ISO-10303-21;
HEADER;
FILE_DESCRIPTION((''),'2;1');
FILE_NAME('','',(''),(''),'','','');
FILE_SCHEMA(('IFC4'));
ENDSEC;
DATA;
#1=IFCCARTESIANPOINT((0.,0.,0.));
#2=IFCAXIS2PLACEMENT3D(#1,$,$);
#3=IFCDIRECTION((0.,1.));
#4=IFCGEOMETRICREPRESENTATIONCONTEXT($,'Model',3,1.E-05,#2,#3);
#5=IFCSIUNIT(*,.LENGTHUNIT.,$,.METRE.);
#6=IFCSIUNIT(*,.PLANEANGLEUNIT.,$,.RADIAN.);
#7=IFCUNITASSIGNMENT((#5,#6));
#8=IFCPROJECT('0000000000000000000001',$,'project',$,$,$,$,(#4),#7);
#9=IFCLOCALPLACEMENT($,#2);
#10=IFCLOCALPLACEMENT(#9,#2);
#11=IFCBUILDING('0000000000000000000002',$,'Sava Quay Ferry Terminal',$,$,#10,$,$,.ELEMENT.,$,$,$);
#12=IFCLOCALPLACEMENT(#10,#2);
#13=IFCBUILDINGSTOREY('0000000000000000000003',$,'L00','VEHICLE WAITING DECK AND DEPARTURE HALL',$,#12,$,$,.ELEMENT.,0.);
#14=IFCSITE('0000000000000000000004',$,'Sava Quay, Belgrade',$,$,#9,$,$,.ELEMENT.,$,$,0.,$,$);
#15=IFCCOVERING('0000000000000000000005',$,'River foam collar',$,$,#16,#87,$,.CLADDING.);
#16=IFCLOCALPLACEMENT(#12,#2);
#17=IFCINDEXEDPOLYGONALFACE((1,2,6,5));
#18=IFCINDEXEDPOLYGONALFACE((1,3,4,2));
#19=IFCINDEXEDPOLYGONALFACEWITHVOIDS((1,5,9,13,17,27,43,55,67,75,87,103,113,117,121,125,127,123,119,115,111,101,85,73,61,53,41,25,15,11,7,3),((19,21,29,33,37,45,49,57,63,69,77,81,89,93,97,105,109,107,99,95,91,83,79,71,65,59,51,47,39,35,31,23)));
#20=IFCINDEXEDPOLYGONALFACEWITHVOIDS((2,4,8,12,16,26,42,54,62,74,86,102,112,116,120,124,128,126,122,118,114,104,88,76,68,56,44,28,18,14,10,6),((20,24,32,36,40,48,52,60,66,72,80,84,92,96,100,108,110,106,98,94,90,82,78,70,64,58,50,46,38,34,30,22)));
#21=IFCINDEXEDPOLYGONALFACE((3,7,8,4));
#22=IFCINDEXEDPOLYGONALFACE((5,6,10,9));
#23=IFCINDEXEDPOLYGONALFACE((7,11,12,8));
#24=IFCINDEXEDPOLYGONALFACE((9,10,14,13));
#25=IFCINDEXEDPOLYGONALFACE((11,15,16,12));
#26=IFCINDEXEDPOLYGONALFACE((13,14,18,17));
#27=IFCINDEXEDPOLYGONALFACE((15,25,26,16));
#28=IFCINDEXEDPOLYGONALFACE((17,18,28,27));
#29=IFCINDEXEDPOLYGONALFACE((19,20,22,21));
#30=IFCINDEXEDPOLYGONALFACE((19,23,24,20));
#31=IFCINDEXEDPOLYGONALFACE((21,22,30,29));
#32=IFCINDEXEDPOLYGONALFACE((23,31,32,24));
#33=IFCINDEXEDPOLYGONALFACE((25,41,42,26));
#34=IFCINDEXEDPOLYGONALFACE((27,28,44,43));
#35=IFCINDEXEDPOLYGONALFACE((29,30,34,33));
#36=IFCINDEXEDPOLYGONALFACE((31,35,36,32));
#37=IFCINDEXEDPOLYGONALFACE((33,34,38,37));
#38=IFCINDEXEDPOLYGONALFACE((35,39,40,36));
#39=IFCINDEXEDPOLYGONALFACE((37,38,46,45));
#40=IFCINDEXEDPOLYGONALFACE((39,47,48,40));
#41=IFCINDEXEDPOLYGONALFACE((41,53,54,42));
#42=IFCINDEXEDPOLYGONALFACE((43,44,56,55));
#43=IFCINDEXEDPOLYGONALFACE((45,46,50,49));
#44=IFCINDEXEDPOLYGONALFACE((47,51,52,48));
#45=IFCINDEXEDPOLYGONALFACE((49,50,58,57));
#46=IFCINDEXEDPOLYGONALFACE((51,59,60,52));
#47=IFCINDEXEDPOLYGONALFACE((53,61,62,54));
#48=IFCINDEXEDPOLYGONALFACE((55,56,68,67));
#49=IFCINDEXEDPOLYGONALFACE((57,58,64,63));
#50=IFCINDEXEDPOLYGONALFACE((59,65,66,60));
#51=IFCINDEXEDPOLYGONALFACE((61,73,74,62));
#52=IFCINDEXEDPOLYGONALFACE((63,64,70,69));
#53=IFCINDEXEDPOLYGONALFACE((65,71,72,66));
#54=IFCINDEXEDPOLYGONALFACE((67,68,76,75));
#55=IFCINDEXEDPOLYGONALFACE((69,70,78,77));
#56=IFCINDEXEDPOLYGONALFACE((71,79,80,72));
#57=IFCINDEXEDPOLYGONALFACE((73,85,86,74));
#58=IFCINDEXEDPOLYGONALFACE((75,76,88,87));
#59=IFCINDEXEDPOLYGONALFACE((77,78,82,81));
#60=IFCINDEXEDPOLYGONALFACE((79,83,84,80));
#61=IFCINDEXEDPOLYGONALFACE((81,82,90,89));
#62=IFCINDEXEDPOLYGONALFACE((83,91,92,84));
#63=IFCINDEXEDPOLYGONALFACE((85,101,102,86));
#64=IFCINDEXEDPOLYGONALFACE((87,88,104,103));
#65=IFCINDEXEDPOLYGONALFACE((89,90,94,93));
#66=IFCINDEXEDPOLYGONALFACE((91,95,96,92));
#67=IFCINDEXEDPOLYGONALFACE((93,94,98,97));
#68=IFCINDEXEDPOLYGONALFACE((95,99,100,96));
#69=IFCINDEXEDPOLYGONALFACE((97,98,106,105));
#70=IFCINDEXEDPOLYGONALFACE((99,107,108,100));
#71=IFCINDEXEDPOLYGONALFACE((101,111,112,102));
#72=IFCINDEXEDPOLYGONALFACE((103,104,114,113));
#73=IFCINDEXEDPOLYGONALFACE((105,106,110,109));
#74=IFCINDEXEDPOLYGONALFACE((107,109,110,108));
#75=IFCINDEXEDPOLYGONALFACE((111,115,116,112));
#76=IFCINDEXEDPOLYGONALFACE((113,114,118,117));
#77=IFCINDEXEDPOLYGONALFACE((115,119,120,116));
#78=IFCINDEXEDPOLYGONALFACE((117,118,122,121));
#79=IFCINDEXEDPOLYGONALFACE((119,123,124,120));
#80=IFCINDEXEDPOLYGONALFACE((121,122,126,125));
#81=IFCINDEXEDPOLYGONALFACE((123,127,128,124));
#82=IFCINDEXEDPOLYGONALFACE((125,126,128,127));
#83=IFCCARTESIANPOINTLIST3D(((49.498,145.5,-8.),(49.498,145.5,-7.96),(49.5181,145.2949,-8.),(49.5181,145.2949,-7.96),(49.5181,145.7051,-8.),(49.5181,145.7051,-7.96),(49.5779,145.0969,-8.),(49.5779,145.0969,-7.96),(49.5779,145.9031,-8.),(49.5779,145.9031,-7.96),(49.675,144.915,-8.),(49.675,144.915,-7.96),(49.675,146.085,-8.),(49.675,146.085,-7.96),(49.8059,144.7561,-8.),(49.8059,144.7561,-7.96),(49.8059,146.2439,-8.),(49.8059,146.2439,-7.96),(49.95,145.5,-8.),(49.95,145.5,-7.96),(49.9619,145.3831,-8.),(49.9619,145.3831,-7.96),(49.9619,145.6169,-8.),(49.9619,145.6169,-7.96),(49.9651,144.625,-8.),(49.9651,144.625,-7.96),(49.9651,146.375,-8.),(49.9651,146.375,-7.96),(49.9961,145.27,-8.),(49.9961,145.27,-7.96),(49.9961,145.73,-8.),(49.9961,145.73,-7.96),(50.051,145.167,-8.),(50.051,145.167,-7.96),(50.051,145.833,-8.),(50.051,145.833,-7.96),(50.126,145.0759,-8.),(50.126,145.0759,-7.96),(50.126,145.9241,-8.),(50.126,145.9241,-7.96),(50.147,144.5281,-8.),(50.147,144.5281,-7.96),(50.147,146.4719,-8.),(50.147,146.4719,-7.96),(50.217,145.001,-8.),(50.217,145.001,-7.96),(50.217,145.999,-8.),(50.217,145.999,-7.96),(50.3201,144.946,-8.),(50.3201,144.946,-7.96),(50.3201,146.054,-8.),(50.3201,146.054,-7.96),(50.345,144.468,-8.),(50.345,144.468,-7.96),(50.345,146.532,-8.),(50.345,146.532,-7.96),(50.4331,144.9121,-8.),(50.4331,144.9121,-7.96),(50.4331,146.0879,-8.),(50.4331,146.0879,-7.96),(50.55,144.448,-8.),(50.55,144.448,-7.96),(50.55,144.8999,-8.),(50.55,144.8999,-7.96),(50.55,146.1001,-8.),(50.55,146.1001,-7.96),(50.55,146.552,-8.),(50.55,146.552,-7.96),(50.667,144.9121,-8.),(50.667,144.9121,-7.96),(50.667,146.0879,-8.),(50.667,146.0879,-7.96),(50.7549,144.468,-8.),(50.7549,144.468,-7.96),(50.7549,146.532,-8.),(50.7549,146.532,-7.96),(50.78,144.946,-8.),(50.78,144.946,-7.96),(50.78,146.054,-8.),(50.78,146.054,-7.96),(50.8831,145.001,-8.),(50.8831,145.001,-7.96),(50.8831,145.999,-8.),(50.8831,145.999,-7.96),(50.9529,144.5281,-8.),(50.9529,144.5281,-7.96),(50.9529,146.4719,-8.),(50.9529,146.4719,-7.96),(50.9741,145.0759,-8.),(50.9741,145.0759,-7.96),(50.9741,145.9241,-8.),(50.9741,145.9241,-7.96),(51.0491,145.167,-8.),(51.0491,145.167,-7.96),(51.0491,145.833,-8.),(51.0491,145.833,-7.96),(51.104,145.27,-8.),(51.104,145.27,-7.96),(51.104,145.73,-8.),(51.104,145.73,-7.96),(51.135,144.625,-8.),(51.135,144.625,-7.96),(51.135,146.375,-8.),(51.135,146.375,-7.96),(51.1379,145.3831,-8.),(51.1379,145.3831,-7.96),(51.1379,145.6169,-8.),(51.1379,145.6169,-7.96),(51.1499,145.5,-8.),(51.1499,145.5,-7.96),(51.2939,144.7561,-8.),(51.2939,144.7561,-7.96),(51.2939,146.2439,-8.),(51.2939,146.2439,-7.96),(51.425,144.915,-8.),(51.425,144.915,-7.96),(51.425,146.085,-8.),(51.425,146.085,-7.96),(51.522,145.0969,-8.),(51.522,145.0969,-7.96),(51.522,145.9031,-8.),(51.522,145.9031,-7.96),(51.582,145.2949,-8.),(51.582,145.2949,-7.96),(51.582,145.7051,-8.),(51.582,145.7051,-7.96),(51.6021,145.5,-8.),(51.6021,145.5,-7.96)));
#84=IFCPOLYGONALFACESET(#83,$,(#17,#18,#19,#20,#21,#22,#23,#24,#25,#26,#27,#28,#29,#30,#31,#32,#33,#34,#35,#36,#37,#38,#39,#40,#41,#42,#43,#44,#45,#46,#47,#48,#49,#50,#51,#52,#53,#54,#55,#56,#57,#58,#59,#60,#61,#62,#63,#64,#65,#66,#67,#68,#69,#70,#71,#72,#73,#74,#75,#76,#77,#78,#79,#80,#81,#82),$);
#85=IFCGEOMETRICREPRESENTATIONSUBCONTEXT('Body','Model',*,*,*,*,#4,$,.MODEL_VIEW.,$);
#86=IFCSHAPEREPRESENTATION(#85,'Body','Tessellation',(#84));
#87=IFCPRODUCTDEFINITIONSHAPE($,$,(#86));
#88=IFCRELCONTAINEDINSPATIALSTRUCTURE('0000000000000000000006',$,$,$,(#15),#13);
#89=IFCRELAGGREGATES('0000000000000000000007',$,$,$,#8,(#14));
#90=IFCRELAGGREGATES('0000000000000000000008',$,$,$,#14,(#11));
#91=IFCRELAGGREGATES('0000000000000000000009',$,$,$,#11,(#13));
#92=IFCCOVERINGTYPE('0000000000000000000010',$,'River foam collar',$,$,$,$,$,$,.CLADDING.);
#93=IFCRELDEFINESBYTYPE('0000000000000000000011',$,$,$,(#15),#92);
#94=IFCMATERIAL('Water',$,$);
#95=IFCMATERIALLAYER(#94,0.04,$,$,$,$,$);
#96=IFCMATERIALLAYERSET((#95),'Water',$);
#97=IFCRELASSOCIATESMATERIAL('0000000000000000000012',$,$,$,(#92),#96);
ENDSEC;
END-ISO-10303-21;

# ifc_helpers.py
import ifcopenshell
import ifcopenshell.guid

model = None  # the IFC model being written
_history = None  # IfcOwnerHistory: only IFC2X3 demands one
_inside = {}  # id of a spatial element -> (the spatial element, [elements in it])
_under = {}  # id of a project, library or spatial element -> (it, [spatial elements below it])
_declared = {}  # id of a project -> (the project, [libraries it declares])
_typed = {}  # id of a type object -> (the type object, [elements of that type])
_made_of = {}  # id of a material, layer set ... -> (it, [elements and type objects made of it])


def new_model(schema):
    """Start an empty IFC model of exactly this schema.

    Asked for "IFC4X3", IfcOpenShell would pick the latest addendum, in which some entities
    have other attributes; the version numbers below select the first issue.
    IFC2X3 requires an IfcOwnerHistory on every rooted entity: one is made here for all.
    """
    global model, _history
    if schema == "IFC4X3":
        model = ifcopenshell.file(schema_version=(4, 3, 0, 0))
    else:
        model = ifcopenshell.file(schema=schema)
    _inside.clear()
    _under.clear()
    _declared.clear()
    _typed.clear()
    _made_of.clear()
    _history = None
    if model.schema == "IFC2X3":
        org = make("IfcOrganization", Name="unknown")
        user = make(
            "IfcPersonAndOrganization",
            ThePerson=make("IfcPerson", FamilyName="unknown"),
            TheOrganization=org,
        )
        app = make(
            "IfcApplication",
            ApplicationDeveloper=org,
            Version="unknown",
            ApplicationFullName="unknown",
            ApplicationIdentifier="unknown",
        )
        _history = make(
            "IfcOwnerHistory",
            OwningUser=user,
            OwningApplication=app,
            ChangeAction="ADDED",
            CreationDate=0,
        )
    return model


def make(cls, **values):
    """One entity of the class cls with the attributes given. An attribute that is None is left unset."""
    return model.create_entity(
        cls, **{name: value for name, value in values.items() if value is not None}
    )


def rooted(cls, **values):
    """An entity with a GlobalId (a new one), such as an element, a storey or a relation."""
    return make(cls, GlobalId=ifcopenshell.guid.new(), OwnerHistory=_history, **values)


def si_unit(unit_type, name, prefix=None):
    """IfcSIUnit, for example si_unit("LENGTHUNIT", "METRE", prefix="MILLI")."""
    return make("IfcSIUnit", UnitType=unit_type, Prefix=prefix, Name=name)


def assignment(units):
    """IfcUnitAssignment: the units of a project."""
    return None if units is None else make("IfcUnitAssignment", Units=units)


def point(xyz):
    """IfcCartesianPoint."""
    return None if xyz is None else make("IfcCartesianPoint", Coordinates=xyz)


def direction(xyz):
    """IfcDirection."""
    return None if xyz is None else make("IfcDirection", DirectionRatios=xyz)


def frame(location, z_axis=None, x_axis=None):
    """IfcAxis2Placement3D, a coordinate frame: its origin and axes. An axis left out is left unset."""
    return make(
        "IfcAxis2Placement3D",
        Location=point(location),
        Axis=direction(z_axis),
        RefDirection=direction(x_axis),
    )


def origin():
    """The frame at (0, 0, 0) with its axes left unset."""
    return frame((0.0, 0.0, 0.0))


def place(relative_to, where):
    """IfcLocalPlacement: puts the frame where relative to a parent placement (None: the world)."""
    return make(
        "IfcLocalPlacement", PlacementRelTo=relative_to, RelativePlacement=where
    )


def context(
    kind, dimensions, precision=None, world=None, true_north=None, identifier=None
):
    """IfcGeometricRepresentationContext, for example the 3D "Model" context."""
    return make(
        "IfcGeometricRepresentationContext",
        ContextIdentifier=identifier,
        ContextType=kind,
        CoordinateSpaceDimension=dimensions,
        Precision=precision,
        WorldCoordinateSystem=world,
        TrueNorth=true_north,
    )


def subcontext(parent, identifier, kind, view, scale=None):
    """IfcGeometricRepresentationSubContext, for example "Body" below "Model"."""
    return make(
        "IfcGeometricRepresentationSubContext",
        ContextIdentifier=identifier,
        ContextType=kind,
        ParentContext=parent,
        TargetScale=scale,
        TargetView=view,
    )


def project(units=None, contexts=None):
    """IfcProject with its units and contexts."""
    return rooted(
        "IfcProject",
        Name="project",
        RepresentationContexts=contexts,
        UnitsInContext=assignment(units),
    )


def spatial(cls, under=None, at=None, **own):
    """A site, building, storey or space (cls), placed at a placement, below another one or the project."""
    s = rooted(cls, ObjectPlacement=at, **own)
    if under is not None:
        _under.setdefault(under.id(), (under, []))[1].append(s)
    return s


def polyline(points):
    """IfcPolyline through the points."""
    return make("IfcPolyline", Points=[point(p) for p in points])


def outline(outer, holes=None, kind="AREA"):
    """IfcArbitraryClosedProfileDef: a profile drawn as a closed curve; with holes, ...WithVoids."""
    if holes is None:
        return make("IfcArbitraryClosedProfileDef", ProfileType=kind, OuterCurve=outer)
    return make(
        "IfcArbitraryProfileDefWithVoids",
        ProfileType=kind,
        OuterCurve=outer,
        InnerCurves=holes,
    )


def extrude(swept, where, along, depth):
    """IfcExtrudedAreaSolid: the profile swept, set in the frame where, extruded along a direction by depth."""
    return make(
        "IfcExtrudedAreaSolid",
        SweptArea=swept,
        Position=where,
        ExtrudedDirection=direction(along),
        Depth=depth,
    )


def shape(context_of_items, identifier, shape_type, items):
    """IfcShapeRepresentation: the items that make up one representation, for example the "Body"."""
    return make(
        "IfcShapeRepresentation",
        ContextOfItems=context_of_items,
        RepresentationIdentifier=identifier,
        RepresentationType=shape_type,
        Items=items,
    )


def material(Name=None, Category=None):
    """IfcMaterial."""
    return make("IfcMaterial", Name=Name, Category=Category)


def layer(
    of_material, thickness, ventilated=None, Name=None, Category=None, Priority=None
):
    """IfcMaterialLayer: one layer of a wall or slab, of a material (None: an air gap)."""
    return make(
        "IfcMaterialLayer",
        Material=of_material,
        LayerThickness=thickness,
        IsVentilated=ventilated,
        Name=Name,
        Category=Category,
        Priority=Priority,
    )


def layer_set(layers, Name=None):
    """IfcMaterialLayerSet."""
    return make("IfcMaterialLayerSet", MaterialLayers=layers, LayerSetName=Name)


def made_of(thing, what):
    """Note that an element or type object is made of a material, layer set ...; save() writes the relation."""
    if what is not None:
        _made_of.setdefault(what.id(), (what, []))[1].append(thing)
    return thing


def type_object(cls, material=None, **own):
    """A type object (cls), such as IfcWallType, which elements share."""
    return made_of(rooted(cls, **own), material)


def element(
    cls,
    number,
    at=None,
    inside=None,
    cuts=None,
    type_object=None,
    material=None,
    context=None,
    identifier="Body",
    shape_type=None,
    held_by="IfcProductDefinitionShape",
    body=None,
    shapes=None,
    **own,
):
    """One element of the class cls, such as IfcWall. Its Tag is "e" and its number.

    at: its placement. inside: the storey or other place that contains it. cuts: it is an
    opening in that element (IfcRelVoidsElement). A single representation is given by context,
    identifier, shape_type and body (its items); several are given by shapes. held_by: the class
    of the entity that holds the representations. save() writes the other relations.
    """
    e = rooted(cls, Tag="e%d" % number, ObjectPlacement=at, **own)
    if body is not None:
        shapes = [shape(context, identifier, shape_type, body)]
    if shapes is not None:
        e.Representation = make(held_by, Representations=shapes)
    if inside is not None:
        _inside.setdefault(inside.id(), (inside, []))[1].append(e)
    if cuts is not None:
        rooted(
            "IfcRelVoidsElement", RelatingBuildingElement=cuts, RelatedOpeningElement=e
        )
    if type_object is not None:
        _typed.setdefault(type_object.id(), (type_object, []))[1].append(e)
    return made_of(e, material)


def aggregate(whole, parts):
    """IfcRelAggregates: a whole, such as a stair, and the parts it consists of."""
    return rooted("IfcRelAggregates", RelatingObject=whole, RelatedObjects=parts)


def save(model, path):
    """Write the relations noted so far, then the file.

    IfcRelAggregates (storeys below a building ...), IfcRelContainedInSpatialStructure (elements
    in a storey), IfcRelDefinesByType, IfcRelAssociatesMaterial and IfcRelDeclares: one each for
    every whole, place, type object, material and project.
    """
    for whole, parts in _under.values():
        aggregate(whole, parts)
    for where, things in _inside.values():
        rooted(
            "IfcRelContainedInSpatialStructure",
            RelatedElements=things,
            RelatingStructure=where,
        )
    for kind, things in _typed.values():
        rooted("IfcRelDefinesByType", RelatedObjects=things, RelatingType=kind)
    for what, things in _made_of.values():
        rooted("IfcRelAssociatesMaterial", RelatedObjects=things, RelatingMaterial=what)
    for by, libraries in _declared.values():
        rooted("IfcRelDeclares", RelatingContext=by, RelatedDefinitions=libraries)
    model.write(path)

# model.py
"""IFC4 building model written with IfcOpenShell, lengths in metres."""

from ifc_helpers import new_model, si_unit, direction, frame, origin, place, context, subcontext, project, spatial, polyline, outline, extrude, material, layer, layer_set, type_object, element, save


model = new_model("IFC4")

# Units and contexts
model_context = context("Model", 3, precision=1e-05, world=origin(), true_north=direction((0.0, 1.0)))
body_context = subcontext(model_context, "Body", "Model", "MODEL_VIEW")
ifc_project = project(units=[si_unit("LENGTHUNIT", "METRE"), si_unit("PLANEANGLEUNIT", "RADIAN")], contexts=[model_context])

# Site, building, storey
site_placement = place(None, origin())
site = spatial("IfcSite", under=ifc_project, at=site_placement, Name="Sava Quay, Belgrade", CompositionType="ELEMENT", RefElevation=0.0)
building_placement = place(site_placement, origin())
building = spatial("IfcBuilding", under=site, at=building_placement, Name="Sava Quay Ferry Terminal", CompositionType="ELEMENT")
storey_placement = place(building_placement, origin())
storey = spatial("IfcBuildingStorey", under=building, at=storey_placement, Name="L00", Description="VEHICLE WAITING DECK AND DEPARTURE HALL", CompositionType="ELEMENT", Elevation=0.0)

# Covering
ifc_material = material(Name="Water")
ifc_layer = layer(ifc_material, 0.04)
ifc_layer_set = layer_set([ifc_layer], Name="Water")
covering_type = type_object("IfcCoveringType", Name="River foam collar", PredefinedType="CLADDING", material=ifc_layer_set)
covering_1_placement = place(storey_placement, frame((0.0, 0.0, -8.0)))
element("IfcCovering", 1, at=covering_1_placement, inside=storey, type_object=covering_type, Name="River foam collar", PredefinedType="CLADDING", context=body_context, shape_type="SweptSolid", body=[
    extrude(outline(polyline([(49.9651, 146.375), (49.8059, 146.2439), (49.675, 146.085), (49.5779, 145.9031), (49.5181, 145.7051), (49.498, 145.5), (49.5181, 145.2949), (49.5779, 145.0969), (49.675, 144.915), (49.8059, 144.7561), (49.9651, 144.625), (50.147, 144.5281), (50.345, 144.468), (50.55, 144.448), (50.7549, 144.468), (50.9529, 144.5281), (51.135, 144.625), (51.2939, 144.7561), (51.425, 144.915), (51.522, 145.0969), (51.582, 145.2949), (51.6021, 145.5), (51.582, 145.7051), (51.522, 145.9031), (51.425, 146.085), (51.2939, 146.2439), (51.135, 146.375), (50.9529, 146.4719), (50.7549, 146.532), (50.55, 146.552), (50.345, 146.532), (50.147, 146.4719), (49.9651, 146.375)]), holes=[polyline([(50.217, 145.001), (50.126, 145.0759), (50.051, 145.167), (49.9961, 145.27), (49.9619, 145.3831), (49.95, 145.5), (49.9619, 145.6169), (49.9961, 145.73), (50.051, 145.833), (50.126, 145.9241), (50.217, 145.999), (50.3201, 146.054), (50.4331, 146.0879), (50.55, 146.1001), (50.667, 146.0879), (50.78, 146.054), (50.8831, 145.999), (50.9741, 145.9241), (51.0491, 145.833), (51.104, 145.73), (51.1379, 145.6169), (51.1499, 145.5), (51.1379, 145.3831), (51.104, 145.27), (51.0491, 145.167), (50.9741, 145.0759), (50.8831, 145.001), (50.78, 144.946), (50.667, 144.9121), (50.55, 144.8999), (50.4331, 144.9121), (50.3201, 144.946), (50.217, 145.001)])]), origin(), (0.0, 0.0, 1.0), 0.04),
])

save(model, "model.ifc")
